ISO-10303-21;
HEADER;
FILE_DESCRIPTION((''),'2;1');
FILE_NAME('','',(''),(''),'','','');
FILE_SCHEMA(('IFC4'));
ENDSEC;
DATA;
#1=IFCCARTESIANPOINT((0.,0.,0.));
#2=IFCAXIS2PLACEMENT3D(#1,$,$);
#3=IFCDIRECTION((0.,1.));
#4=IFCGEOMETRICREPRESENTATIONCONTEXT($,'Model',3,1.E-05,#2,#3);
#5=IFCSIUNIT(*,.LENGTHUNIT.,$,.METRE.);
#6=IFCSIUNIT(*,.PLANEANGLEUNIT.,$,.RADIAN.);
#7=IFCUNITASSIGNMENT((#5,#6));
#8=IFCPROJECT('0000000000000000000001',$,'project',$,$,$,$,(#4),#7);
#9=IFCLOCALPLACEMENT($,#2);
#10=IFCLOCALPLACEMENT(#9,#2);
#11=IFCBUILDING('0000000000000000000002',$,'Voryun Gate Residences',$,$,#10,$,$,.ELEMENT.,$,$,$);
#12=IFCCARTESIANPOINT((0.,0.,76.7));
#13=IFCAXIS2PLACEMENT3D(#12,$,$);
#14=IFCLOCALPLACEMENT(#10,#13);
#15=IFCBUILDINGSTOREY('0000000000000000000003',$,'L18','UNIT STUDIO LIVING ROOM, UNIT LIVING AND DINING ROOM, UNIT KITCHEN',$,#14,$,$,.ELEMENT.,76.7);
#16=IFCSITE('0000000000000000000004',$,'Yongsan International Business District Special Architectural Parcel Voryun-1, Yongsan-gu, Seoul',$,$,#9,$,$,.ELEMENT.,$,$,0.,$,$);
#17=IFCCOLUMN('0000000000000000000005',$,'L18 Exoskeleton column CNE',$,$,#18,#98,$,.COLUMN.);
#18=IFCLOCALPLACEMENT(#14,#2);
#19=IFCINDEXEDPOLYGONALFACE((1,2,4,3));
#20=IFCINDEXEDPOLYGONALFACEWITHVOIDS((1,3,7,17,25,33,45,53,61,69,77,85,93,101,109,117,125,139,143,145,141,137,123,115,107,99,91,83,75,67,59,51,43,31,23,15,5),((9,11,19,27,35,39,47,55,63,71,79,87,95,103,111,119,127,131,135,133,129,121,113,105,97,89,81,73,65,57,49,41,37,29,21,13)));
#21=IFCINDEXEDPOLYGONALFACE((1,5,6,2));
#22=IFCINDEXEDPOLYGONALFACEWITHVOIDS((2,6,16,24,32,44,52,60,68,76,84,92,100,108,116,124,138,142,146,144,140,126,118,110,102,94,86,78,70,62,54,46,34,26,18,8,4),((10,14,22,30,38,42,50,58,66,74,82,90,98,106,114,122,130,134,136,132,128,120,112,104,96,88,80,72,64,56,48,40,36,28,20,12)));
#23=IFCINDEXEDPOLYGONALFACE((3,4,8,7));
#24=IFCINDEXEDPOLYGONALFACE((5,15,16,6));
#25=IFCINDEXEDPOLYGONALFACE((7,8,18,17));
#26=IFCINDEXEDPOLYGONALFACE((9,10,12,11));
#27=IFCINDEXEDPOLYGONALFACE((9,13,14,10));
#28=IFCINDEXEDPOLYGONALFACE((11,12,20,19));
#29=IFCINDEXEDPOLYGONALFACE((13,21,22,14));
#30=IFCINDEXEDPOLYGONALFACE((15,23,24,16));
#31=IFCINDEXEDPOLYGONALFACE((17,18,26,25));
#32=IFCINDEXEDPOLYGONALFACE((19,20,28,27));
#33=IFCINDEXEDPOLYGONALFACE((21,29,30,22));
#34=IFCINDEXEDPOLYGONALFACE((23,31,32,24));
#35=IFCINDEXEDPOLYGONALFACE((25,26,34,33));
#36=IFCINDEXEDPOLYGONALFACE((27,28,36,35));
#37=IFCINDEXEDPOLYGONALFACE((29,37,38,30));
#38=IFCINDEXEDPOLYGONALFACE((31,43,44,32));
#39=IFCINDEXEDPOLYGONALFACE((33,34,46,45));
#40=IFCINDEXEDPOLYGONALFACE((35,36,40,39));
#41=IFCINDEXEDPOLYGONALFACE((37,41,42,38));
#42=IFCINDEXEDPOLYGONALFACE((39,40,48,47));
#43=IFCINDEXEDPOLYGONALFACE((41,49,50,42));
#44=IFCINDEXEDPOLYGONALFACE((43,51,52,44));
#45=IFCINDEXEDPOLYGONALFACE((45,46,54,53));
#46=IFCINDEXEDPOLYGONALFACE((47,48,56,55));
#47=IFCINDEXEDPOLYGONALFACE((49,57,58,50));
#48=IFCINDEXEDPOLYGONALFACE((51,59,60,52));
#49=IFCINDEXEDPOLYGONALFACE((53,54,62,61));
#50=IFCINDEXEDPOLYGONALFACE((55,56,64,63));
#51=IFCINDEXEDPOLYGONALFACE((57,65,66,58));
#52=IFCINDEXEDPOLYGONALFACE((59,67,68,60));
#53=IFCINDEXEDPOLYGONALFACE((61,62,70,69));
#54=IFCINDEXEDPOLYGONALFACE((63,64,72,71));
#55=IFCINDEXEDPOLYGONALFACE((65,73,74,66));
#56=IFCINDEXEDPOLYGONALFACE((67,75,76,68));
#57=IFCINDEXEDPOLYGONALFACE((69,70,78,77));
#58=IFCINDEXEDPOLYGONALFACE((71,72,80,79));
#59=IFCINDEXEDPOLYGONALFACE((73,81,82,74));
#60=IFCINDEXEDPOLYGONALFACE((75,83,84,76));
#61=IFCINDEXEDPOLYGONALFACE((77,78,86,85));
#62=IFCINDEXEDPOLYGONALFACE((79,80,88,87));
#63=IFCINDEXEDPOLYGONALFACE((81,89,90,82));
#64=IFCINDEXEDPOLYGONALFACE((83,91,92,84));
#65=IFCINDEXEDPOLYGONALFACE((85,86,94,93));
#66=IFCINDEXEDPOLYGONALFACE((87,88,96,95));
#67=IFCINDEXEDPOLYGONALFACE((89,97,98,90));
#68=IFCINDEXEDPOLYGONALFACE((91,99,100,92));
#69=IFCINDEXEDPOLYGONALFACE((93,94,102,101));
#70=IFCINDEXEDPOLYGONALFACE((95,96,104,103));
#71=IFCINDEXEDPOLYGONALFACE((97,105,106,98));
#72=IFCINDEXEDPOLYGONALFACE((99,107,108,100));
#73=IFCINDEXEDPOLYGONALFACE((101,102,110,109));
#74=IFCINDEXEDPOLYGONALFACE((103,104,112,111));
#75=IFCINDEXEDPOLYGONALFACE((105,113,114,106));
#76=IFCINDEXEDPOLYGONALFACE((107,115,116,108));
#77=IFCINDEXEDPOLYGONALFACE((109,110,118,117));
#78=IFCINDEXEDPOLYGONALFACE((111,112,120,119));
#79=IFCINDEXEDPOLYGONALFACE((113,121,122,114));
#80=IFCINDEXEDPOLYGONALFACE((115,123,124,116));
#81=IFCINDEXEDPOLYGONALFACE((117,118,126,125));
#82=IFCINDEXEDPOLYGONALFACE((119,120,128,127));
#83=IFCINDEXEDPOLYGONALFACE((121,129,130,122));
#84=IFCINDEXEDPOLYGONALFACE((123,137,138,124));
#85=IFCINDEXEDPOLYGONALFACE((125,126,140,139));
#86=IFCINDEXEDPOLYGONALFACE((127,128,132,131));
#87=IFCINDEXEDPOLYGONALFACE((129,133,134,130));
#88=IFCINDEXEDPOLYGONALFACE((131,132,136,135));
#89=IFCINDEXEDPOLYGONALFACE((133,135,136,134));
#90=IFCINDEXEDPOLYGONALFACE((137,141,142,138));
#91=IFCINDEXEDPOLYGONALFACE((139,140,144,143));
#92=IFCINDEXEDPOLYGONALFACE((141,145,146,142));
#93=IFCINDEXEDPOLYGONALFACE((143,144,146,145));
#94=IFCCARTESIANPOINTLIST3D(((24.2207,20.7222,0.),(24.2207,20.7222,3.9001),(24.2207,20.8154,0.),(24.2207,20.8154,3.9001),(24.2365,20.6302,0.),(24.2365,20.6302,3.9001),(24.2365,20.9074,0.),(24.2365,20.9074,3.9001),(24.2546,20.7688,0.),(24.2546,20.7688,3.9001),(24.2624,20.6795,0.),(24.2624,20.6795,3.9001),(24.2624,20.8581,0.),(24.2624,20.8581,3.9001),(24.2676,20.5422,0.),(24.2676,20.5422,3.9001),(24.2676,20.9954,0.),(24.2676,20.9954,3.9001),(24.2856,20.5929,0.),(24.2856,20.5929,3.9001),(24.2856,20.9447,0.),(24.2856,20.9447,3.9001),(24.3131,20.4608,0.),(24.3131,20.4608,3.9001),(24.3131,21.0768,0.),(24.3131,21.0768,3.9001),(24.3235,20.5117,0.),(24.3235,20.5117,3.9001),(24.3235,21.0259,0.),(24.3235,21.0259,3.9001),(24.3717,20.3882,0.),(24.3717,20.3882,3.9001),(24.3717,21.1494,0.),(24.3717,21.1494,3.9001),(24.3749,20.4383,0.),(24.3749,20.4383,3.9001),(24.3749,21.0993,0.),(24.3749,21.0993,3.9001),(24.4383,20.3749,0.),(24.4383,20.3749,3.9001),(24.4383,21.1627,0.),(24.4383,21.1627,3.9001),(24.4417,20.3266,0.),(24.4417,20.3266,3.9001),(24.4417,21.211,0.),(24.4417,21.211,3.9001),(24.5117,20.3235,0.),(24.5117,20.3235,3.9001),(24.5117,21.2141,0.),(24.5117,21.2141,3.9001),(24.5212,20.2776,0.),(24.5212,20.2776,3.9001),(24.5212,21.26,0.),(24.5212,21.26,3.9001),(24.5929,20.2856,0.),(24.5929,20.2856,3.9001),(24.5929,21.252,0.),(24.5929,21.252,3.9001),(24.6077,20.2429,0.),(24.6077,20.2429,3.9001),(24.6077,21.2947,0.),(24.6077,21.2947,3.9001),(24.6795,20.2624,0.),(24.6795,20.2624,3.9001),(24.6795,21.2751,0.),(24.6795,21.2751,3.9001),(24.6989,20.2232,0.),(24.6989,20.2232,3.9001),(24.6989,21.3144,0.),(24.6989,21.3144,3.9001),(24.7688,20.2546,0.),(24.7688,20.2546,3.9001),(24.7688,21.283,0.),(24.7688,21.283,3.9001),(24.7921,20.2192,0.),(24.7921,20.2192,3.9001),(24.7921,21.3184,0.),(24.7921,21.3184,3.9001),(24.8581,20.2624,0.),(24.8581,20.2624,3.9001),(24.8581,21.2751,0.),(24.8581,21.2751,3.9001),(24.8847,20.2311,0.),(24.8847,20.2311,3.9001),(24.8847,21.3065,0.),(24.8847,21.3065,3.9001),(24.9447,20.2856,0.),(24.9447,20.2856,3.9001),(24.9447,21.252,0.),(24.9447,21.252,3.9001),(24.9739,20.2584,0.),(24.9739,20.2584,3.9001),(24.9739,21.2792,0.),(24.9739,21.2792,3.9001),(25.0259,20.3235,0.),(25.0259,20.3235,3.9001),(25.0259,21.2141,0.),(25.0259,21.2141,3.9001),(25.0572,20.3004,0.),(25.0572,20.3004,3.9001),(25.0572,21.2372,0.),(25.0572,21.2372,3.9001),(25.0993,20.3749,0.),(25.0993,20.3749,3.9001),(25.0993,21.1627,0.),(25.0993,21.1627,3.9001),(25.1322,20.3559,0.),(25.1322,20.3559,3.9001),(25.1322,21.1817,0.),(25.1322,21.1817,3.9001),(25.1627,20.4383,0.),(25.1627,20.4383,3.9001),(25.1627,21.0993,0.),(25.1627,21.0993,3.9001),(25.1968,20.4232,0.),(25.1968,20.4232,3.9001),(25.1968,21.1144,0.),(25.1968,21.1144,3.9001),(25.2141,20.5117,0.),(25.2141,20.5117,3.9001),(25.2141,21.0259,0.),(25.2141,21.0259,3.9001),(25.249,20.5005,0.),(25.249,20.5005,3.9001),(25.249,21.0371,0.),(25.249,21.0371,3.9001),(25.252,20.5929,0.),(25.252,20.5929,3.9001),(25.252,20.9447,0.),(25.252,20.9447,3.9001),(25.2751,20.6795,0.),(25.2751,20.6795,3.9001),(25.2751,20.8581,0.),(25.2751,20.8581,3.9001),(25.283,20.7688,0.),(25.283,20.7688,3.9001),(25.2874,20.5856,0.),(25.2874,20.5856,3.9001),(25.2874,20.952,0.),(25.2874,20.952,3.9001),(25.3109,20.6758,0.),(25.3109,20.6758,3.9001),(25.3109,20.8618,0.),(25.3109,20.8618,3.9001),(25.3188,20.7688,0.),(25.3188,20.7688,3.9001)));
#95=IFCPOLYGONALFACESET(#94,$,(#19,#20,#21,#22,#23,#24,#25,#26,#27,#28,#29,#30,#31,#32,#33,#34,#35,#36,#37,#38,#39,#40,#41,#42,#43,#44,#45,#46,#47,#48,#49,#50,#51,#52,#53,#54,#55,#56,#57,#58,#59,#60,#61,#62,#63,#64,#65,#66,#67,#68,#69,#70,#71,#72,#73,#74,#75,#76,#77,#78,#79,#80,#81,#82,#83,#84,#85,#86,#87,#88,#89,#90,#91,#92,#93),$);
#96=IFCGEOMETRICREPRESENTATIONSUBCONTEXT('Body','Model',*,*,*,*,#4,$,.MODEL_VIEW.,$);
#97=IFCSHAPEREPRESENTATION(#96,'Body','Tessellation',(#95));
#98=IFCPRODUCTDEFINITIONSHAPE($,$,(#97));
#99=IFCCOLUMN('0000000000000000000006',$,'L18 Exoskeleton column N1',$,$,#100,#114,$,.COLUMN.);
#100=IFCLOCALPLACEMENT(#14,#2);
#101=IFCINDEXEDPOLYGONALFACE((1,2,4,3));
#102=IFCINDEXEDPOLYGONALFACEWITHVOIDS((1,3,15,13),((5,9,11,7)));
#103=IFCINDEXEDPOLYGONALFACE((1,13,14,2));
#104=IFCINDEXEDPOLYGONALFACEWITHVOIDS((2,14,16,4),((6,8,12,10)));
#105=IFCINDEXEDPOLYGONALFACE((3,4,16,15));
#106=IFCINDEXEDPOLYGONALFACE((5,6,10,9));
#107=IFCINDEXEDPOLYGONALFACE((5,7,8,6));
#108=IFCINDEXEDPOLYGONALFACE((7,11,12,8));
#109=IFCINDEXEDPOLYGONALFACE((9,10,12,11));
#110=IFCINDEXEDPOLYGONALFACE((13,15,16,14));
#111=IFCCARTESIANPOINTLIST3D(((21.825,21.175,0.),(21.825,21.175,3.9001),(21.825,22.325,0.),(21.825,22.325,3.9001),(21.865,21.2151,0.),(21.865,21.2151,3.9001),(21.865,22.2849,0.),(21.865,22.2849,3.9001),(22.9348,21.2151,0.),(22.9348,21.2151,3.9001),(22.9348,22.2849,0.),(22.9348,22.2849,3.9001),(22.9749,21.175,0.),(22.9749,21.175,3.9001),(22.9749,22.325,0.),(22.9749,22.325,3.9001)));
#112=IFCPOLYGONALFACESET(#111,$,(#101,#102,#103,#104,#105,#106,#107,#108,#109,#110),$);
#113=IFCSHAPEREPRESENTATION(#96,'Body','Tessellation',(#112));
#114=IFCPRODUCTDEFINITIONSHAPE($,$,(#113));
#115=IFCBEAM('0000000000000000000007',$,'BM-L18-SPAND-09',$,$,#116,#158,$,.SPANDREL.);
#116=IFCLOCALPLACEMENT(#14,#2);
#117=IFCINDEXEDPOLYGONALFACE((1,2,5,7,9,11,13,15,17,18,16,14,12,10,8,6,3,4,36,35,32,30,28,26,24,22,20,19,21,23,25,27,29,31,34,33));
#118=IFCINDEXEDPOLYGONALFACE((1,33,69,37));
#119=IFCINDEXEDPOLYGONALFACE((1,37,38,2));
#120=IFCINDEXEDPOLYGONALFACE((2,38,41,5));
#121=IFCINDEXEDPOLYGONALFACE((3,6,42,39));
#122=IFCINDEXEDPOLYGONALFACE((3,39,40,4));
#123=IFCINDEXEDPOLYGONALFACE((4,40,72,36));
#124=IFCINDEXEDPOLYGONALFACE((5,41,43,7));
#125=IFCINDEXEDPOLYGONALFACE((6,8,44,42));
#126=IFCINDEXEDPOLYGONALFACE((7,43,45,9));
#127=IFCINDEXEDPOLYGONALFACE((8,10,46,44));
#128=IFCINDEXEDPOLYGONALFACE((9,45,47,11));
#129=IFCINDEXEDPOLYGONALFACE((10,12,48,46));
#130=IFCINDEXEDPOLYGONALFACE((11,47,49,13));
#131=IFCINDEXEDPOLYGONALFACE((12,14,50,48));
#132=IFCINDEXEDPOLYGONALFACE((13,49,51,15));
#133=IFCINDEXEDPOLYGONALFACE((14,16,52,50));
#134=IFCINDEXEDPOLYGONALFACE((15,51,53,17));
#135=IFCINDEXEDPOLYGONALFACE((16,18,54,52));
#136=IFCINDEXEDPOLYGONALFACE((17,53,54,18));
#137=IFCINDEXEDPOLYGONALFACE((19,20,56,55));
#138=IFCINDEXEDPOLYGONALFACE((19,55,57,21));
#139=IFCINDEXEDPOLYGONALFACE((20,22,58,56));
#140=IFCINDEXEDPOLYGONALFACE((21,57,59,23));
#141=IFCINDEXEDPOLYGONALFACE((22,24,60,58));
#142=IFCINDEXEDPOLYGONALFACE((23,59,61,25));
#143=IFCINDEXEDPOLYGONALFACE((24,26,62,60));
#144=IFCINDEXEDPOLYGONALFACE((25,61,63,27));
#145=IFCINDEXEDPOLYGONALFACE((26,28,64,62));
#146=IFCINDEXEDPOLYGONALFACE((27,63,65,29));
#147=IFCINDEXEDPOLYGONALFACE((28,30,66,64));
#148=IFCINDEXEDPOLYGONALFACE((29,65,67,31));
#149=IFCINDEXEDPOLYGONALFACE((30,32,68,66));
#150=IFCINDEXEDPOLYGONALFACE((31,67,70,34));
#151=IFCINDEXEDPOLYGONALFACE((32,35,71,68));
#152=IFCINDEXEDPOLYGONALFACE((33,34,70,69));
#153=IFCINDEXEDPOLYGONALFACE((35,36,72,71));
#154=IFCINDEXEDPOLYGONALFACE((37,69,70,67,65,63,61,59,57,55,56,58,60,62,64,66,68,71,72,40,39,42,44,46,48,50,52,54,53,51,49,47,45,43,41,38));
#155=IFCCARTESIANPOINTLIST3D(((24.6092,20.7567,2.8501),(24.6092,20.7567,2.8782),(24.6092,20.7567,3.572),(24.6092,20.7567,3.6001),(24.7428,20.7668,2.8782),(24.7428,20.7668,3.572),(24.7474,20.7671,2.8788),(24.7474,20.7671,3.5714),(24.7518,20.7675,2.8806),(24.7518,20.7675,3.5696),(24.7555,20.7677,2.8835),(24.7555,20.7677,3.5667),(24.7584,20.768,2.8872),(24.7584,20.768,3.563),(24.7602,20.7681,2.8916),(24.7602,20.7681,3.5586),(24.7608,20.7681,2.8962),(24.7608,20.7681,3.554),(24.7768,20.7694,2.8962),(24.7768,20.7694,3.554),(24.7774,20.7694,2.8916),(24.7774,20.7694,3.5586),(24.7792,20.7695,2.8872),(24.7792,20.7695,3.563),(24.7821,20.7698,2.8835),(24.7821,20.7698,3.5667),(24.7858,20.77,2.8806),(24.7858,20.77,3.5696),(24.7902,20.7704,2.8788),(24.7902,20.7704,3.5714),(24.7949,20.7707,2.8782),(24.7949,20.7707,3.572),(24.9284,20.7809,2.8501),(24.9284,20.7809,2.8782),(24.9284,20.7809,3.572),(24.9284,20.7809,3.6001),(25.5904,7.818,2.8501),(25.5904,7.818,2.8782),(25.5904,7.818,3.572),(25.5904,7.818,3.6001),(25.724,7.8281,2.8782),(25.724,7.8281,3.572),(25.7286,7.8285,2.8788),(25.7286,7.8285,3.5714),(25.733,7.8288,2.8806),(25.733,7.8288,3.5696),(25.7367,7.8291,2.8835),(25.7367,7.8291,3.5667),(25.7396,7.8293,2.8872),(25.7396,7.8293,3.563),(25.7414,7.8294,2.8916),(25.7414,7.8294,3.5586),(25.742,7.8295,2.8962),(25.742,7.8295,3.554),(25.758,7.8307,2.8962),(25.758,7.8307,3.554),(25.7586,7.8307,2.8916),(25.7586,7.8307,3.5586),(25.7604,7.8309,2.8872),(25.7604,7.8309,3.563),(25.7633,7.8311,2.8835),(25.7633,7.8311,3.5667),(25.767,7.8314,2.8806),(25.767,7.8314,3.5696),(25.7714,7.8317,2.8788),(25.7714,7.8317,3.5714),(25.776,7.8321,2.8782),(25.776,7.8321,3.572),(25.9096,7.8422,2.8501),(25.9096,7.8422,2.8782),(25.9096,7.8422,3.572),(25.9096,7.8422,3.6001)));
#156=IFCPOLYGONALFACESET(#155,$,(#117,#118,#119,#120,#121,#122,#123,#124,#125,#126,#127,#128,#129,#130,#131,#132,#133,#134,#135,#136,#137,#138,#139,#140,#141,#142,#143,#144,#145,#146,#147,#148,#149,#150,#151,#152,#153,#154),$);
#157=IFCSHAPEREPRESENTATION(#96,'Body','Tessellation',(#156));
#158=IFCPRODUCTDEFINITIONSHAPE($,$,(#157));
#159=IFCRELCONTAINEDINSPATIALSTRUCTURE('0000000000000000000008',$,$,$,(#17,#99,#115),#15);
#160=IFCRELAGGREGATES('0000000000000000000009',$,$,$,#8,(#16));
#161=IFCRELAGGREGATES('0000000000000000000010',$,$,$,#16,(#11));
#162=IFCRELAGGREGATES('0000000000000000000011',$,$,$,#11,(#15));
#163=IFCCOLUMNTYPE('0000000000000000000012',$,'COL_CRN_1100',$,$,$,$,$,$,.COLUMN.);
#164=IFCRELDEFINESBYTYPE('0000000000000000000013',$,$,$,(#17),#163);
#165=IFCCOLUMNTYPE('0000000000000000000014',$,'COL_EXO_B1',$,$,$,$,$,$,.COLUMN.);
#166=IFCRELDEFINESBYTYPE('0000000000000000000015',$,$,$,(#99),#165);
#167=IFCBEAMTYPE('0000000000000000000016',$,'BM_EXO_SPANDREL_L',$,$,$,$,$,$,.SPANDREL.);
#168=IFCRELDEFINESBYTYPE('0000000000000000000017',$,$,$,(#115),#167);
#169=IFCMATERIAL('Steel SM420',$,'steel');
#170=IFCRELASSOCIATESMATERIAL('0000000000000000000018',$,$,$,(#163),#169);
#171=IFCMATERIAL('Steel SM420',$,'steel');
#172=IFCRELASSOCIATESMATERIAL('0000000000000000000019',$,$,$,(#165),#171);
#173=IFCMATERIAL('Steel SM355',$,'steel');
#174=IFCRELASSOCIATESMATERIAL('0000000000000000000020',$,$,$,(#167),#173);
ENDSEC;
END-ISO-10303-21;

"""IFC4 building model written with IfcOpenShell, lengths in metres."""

from ifc_helpers import new_model, si_unit, direction, frame, origin, origin_2d, place, context, subcontext, project, spatial, hollow_rectangle, hollow_circle, i_section, extrude, material, material_profile, profile_set, type_object, element, save


model = new_model("IFC4")

# Units and contexts
model_context = context("Model", 3, precision=1e-05, world=origin(), true_north=direction((0.0, 1.0)))
body_context = subcontext(model_context, "Body", "Model", "MODEL_VIEW")
ifc_project = project(units=[si_unit("LENGTHUNIT", "METRE"), si_unit("PLANEANGLEUNIT", "RADIAN")], contexts=[model_context])

# Site, building, storey
site_placement = place(None, origin())
site = spatial("IfcSite", under=ifc_project, at=site_placement, Name="Yongsan International Business District Special Architectural Parcel Voryun-1, Yongsan-gu, Seoul", CompositionType="ELEMENT", RefElevation=0.0)
building_placement = place(site_placement, origin())
building = spatial("IfcBuilding", under=site, at=building_placement, Name="Voryun Gate Residences", CompositionType="ELEMENT")
storey_placement = place(building_placement, frame((0.0, 0.0, 76.7)))
storey = spatial("IfcBuildingStorey", under=building, at=storey_placement, Name="L18", Description="UNIT STUDIO LIVING ROOM, UNIT LIVING AND DINING ROOM, UNIT KITCHEN", CompositionType="ELEMENT", Elevation=76.7)

# Columns
ifc_material_1 = material(Name="Steel SM420", Category="steel")
ifc_material_profile_1 = material_profile(ifc_material_1, hollow_circle(Radius=0.55, WallThickness=0.0359, at=origin_2d()), Name="CHS-1100x36")
ifc_profile_set_1 = profile_set([ifc_material_profile_1], Name="Steel SM420")
column_type_1 = type_object("IfcColumnType", Name="COL_CRN_1100", PredefinedType="COLUMN", material=ifc_profile_set_1)
column_1_placement = place(storey_placement, frame((24.7688, 20.7688, 0.0), z_axis=(0.0, 0.0, 1.0), x_axis=(1.0, 0.0, 0.0)))
element("IfcColumn", 1, at=column_1_placement, inside=storey, type_object=column_type_1, Name="L18 Exoskeleton column CNE", PredefinedType="COLUMN", context=body_context, shape_type="SweptSolid", body=[
    extrude(hollow_circle(Radius=0.55, WallThickness=0.0359, at=origin_2d()), origin(), (0.0, 0.0, 1.0), 3.9001),
])
ifc_material_2 = material(Name="Steel SM420", Category="steel")
ifc_material_profile_2 = material_profile(ifc_material_2, hollow_rectangle(XDim=1.1499, YDim=1.1499, WallThickness=0.04, at=origin_2d()), Name="BOX-1150x1150x40")
ifc_profile_set_2 = profile_set([ifc_material_profile_2], Name="Steel SM420")
column_type_2 = type_object("IfcColumnType", Name="COL_EXO_B1", PredefinedType="COLUMN", material=ifc_profile_set_2)
column_2_placement = place(storey_placement, frame((22.3999, 21.75, 0.0), z_axis=(0.0, 0.0, 1.0), x_axis=(1.0, 0.0, 0.0)))
element("IfcColumn", 2, at=column_2_placement, inside=storey, type_object=column_type_2, Name="L18 Exoskeleton column N1", PredefinedType="COLUMN", context=body_context, shape_type="SweptSolid", body=[
    extrude(hollow_rectangle(XDim=1.1499, YDim=1.1499, WallThickness=0.04, at=origin_2d()), origin(), (0.0, 0.0, 1.0), 3.9001),
])

# Beam
ifc_material_3 = material(Name="Steel SM355", Category="steel")
ifc_material_profile_3 = material_profile(ifc_material_3, i_section(OverallWidth=0.3201, OverallDepth=0.75, WebThickness=0.0161, FlangeThickness=0.0281, FilletRadius=0.0181, at=origin_2d()), Name="H-750x320x16x28")
ifc_profile_set_3 = profile_set([ifc_material_profile_3], Name="Steel SM355")
beam_type = type_object("IfcBeamType", Name="BM_EXO_SPANDREL_L", PredefinedType="SPANDREL", material=ifc_profile_set_3)
beam_1_placement = place(storey_placement, frame((25.75, 7.8301, 3.2251), z_axis=(-0.075617, 0.997137, 0.0), x_axis=(-0.997137, -0.075617, 0.0)))
element("IfcBeam", 3, at=beam_1_placement, inside=storey, type_object=beam_type, Name="BM-L18-SPAND-09", PredefinedType="SPANDREL", context=body_context, shape_type="SweptSolid", body=[
    extrude(i_section(OverallWidth=0.3201, OverallDepth=0.75, WebThickness=0.0161, FlangeThickness=0.0281, FilletRadius=0.0181, at=origin_2d()), origin(), (0.0, 0.0, 1.0), 12.9758),
])

save(model, "model.ifc")
